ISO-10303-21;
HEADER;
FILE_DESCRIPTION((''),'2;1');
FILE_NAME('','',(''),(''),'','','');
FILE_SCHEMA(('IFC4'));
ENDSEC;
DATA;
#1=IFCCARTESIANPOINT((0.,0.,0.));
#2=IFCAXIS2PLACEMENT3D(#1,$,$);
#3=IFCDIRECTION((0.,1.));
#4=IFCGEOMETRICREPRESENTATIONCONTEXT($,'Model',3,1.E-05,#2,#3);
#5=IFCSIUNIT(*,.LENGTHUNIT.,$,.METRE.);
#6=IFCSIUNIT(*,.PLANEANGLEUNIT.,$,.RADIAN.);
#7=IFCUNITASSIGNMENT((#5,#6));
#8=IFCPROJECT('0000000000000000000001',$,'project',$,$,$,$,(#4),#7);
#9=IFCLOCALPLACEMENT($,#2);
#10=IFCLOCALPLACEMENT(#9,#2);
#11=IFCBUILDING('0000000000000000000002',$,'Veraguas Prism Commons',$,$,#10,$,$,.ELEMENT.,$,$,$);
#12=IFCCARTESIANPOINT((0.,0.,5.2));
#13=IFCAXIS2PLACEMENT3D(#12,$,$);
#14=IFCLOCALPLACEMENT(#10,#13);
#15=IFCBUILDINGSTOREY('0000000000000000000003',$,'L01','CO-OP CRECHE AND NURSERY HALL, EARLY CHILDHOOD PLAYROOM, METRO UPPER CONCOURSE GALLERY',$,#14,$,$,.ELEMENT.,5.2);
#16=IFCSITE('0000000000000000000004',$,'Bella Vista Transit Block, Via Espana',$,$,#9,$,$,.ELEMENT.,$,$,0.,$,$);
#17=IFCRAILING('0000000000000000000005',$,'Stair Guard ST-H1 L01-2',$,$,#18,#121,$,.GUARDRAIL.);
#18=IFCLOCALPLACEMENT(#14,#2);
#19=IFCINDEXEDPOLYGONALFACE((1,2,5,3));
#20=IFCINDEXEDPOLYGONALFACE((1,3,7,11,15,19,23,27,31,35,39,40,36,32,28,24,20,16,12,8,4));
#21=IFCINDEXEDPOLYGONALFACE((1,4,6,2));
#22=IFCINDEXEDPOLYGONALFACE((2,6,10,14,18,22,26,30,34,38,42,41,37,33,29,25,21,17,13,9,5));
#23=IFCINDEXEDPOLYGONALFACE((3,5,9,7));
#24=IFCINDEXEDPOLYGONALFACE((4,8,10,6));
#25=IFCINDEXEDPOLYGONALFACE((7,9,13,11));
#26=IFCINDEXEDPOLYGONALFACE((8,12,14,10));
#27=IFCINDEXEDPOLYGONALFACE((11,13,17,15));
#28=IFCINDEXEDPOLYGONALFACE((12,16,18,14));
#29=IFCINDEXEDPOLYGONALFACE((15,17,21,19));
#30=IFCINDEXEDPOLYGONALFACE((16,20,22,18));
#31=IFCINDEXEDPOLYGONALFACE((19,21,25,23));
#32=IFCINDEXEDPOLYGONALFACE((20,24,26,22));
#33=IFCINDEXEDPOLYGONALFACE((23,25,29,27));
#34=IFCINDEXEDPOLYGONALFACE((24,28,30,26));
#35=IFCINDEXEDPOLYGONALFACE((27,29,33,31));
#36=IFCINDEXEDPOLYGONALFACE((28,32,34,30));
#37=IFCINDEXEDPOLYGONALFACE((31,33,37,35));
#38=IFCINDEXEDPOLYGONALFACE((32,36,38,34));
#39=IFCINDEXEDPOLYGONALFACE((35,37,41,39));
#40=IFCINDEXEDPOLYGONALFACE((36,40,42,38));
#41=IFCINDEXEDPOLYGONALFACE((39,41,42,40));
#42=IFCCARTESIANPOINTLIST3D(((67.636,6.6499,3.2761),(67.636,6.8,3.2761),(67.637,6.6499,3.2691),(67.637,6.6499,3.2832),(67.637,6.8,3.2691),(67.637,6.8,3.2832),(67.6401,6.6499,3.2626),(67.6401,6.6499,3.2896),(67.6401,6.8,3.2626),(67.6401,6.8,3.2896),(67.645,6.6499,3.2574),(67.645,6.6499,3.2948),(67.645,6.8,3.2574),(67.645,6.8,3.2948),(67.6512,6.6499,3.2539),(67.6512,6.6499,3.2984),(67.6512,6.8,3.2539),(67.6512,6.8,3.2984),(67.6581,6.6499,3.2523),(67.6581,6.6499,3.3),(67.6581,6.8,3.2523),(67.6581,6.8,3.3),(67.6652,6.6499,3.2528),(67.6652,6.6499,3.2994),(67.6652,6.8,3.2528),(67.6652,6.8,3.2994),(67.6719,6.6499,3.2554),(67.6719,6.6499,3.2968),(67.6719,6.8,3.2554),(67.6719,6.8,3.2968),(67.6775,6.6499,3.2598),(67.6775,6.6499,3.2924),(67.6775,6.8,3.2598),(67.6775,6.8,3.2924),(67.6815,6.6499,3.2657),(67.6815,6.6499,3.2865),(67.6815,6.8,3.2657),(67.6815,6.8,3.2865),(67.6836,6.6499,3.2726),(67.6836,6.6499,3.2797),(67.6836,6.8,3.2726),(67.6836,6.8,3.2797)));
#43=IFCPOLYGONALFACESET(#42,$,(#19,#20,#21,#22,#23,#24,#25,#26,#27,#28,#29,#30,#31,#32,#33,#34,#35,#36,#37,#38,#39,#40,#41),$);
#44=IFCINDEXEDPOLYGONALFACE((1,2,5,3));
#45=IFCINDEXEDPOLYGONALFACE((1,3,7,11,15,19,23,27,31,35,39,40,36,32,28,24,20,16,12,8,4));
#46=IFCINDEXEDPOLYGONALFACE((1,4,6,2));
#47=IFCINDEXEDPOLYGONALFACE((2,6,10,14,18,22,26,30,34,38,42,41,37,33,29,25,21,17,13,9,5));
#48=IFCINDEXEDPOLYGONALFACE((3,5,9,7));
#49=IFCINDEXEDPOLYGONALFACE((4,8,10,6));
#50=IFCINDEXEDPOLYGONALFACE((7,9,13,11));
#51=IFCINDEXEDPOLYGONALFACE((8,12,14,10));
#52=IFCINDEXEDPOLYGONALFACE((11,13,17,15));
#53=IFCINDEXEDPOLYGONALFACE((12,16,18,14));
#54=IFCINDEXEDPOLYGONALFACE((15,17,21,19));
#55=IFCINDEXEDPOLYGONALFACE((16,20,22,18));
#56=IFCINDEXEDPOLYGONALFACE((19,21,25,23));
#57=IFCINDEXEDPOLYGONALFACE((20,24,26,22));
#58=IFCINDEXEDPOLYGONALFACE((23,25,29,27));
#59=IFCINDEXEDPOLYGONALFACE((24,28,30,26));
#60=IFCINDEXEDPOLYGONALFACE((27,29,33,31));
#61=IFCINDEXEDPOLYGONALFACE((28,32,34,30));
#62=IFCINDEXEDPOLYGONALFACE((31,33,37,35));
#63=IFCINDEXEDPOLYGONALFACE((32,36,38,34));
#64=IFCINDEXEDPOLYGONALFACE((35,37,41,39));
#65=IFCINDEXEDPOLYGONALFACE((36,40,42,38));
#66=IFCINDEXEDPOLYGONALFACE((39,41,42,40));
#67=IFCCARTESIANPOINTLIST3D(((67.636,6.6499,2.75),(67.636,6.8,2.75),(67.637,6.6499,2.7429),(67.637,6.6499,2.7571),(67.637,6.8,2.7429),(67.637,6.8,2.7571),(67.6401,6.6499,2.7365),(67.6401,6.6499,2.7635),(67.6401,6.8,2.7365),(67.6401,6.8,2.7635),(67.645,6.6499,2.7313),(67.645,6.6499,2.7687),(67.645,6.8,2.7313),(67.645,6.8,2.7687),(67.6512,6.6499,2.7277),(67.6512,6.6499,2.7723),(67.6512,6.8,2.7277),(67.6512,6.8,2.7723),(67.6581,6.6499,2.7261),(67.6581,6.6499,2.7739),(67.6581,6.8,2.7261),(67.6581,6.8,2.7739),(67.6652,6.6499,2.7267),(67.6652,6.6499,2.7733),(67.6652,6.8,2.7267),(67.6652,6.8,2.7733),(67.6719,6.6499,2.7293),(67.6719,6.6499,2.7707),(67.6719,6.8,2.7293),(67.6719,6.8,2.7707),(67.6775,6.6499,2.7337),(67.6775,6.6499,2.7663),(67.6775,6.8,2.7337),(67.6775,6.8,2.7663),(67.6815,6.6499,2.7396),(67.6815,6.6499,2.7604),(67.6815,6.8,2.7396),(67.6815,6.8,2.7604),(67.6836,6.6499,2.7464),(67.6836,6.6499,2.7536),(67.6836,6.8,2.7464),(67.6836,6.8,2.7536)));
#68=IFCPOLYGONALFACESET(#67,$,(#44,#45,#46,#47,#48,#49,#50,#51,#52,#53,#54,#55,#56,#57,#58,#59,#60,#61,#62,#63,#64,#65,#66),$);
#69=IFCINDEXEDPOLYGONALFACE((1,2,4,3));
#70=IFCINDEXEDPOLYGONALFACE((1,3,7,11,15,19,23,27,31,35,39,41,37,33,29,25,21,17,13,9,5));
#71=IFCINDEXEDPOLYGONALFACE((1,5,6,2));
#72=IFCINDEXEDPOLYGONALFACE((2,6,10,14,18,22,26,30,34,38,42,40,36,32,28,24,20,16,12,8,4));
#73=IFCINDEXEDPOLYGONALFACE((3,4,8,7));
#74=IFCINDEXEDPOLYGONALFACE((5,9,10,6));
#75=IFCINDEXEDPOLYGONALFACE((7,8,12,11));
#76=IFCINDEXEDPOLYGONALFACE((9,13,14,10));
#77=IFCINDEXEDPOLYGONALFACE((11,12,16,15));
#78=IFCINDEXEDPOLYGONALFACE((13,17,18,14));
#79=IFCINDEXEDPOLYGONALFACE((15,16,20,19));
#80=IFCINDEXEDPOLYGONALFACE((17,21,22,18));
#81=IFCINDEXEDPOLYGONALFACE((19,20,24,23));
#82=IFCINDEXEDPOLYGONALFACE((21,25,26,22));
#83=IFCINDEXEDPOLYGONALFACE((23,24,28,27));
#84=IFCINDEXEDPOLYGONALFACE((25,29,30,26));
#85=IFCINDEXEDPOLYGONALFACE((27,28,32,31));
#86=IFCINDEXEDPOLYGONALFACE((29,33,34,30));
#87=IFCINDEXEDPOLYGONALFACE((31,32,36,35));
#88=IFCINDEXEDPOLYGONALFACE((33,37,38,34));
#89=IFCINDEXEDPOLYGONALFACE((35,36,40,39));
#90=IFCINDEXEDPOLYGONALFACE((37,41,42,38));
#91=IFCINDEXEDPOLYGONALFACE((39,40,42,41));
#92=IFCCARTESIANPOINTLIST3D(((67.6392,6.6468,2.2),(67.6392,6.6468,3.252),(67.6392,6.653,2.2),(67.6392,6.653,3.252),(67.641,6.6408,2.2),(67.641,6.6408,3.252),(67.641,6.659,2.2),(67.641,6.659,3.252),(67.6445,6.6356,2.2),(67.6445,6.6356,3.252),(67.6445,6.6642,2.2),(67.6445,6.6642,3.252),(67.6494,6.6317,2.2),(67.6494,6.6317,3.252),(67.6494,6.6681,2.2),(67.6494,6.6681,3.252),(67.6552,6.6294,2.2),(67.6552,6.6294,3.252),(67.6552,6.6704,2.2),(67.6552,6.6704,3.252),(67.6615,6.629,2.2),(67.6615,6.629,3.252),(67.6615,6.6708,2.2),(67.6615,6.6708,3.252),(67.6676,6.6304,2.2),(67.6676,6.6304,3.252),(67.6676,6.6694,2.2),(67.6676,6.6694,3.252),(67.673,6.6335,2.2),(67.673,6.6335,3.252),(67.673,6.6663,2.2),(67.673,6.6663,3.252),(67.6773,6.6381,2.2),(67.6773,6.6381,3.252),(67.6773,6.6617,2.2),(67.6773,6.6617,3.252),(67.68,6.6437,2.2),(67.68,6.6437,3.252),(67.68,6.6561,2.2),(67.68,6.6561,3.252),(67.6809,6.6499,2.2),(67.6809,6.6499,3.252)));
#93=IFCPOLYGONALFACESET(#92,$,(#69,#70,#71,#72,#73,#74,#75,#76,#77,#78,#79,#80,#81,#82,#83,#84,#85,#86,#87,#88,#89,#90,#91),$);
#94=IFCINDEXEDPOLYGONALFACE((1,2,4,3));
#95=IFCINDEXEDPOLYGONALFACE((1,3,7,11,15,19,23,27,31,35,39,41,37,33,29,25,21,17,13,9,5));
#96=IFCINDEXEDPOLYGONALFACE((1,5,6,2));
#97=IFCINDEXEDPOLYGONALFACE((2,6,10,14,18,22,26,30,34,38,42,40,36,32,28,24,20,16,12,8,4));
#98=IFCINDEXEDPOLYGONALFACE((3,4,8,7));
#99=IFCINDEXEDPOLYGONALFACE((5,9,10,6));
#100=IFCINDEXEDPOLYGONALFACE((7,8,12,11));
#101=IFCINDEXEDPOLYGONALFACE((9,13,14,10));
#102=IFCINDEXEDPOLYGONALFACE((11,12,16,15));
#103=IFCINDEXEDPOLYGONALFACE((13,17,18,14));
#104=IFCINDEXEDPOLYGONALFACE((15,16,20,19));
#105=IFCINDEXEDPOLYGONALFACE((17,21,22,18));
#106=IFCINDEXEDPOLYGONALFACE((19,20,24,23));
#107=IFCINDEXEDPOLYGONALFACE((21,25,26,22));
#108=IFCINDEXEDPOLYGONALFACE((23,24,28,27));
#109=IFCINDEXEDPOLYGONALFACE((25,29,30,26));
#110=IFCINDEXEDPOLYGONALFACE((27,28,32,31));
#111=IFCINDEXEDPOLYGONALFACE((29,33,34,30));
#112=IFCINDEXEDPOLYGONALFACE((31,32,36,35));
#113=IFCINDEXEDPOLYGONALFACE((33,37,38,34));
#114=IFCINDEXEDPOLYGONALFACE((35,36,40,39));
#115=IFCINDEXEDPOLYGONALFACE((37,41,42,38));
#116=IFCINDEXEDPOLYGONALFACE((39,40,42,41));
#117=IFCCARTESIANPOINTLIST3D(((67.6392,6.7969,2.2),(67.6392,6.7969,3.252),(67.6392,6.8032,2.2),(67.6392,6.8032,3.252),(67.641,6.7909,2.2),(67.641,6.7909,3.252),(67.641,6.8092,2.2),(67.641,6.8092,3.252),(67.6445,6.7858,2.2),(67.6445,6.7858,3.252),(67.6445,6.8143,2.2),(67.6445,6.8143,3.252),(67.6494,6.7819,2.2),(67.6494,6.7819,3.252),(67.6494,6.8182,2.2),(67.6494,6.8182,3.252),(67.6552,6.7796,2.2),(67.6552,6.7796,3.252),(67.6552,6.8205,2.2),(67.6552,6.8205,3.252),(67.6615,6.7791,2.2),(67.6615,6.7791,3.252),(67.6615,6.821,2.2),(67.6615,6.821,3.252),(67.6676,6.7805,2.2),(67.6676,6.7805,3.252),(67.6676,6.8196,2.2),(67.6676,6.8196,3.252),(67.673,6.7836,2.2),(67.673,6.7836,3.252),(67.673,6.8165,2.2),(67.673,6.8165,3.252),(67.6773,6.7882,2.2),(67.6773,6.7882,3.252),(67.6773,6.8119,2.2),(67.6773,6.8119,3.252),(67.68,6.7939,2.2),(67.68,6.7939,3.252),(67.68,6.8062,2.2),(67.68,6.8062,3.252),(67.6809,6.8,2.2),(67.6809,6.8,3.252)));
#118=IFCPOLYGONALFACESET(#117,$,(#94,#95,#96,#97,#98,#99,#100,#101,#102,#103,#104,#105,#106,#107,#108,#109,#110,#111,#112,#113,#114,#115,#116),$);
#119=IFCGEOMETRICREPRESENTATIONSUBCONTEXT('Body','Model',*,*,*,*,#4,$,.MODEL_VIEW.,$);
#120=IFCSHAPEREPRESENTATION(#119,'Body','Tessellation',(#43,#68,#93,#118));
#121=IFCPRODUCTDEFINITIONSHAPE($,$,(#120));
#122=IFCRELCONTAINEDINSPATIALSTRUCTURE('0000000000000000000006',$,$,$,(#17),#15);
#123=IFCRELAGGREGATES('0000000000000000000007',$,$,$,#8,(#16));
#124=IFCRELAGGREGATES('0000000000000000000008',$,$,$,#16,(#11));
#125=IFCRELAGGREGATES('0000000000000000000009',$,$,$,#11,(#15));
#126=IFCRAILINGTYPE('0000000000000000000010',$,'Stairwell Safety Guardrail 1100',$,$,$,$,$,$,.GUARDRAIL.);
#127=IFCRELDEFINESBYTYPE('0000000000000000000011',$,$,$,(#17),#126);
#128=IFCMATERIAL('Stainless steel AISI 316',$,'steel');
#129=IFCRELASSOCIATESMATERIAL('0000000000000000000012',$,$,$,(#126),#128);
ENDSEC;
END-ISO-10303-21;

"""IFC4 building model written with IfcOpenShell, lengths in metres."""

from ifc_helpers import new_model, si_unit, direction, frame, origin, origin_2d, place, context, subcontext, project, spatial, circle, extrude, material, type_object, element, save


model = new_model("IFC4")

# Units and contexts
model_context = context("Model", 3, precision=1e-05, world=origin(), true_north=direction((0.0, 1.0)))
body_context = subcontext(model_context, "Body", "Model", "MODEL_VIEW")
ifc_project = project(units=[si_unit("LENGTHUNIT", "METRE"), si_unit("PLANEANGLEUNIT", "RADIAN")], contexts=[model_context])

# Site, building, storey
site_placement = place(None, origin())
site = spatial("IfcSite", under=ifc_project, at=site_placement, Name="Bella Vista Transit Block, Via Espana", CompositionType="ELEMENT", RefElevation=0.0)
building_placement = place(site_placement, origin())
building = spatial("IfcBuilding", under=site, at=building_placement, Name="Veraguas Prism Commons", CompositionType="ELEMENT")
storey_placement = place(building_placement, frame((0.0, 0.0, 5.2)))
storey = spatial("IfcBuildingStorey", under=building, at=storey_placement, Name="L01", Description="CO-OP CRECHE AND NURSERY HALL, EARLY CHILDHOOD PLAYROOM, METRO UPPER CONCOURSE GALLERY", CompositionType="ELEMENT", Elevation=5.2)

# Shared definitions
ifc_material_1 = material(Name="Stainless steel AISI 316", Category="steel")

# Railing
railing_type_1 = type_object("IfcRailingType", Name="Stairwell Safety Guardrail 1100", PredefinedType="GUARDRAIL", material=ifc_material_1)
railing_1_placement = place(storey_placement, frame((67.6599, 6.6499, 2.2)))
element("IfcRailing", 1, at=railing_1_placement, inside=storey, type_object=railing_type_1, Name="Stair Guard ST-H1 L01-2", PredefinedType="GUARDRAIL", context=body_context, shape_type="SweptSolid", body=[
    extrude(circle(Radius=0.0239, at=origin_2d()), frame((0.0, 0.0, 1.0762), z_axis=(0.0, 1.0, 0.0), x_axis=(-1.0, 0.0, 0.0)), (0.0, 0.0, 1.0), 0.1501),
    extrude(circle(Radius=0.0239, at=origin_2d()), frame((0.0, 0.0, 0.55), z_axis=(0.0, 1.0, 0.0), x_axis=(-1.0, 0.0, 0.0)), (0.0, 0.0, 1.0), 0.1501),
    extrude(circle(Radius=0.021, at=origin_2d()), origin(), (0.0, 0.0, 1.0), 1.052),
    extrude(circle(Radius=0.021, at=origin_2d()), frame((0.0, 0.1501, 0.0)), (0.0, 0.0, 1.0), 1.052),
])

save(model, "model.ifc")
